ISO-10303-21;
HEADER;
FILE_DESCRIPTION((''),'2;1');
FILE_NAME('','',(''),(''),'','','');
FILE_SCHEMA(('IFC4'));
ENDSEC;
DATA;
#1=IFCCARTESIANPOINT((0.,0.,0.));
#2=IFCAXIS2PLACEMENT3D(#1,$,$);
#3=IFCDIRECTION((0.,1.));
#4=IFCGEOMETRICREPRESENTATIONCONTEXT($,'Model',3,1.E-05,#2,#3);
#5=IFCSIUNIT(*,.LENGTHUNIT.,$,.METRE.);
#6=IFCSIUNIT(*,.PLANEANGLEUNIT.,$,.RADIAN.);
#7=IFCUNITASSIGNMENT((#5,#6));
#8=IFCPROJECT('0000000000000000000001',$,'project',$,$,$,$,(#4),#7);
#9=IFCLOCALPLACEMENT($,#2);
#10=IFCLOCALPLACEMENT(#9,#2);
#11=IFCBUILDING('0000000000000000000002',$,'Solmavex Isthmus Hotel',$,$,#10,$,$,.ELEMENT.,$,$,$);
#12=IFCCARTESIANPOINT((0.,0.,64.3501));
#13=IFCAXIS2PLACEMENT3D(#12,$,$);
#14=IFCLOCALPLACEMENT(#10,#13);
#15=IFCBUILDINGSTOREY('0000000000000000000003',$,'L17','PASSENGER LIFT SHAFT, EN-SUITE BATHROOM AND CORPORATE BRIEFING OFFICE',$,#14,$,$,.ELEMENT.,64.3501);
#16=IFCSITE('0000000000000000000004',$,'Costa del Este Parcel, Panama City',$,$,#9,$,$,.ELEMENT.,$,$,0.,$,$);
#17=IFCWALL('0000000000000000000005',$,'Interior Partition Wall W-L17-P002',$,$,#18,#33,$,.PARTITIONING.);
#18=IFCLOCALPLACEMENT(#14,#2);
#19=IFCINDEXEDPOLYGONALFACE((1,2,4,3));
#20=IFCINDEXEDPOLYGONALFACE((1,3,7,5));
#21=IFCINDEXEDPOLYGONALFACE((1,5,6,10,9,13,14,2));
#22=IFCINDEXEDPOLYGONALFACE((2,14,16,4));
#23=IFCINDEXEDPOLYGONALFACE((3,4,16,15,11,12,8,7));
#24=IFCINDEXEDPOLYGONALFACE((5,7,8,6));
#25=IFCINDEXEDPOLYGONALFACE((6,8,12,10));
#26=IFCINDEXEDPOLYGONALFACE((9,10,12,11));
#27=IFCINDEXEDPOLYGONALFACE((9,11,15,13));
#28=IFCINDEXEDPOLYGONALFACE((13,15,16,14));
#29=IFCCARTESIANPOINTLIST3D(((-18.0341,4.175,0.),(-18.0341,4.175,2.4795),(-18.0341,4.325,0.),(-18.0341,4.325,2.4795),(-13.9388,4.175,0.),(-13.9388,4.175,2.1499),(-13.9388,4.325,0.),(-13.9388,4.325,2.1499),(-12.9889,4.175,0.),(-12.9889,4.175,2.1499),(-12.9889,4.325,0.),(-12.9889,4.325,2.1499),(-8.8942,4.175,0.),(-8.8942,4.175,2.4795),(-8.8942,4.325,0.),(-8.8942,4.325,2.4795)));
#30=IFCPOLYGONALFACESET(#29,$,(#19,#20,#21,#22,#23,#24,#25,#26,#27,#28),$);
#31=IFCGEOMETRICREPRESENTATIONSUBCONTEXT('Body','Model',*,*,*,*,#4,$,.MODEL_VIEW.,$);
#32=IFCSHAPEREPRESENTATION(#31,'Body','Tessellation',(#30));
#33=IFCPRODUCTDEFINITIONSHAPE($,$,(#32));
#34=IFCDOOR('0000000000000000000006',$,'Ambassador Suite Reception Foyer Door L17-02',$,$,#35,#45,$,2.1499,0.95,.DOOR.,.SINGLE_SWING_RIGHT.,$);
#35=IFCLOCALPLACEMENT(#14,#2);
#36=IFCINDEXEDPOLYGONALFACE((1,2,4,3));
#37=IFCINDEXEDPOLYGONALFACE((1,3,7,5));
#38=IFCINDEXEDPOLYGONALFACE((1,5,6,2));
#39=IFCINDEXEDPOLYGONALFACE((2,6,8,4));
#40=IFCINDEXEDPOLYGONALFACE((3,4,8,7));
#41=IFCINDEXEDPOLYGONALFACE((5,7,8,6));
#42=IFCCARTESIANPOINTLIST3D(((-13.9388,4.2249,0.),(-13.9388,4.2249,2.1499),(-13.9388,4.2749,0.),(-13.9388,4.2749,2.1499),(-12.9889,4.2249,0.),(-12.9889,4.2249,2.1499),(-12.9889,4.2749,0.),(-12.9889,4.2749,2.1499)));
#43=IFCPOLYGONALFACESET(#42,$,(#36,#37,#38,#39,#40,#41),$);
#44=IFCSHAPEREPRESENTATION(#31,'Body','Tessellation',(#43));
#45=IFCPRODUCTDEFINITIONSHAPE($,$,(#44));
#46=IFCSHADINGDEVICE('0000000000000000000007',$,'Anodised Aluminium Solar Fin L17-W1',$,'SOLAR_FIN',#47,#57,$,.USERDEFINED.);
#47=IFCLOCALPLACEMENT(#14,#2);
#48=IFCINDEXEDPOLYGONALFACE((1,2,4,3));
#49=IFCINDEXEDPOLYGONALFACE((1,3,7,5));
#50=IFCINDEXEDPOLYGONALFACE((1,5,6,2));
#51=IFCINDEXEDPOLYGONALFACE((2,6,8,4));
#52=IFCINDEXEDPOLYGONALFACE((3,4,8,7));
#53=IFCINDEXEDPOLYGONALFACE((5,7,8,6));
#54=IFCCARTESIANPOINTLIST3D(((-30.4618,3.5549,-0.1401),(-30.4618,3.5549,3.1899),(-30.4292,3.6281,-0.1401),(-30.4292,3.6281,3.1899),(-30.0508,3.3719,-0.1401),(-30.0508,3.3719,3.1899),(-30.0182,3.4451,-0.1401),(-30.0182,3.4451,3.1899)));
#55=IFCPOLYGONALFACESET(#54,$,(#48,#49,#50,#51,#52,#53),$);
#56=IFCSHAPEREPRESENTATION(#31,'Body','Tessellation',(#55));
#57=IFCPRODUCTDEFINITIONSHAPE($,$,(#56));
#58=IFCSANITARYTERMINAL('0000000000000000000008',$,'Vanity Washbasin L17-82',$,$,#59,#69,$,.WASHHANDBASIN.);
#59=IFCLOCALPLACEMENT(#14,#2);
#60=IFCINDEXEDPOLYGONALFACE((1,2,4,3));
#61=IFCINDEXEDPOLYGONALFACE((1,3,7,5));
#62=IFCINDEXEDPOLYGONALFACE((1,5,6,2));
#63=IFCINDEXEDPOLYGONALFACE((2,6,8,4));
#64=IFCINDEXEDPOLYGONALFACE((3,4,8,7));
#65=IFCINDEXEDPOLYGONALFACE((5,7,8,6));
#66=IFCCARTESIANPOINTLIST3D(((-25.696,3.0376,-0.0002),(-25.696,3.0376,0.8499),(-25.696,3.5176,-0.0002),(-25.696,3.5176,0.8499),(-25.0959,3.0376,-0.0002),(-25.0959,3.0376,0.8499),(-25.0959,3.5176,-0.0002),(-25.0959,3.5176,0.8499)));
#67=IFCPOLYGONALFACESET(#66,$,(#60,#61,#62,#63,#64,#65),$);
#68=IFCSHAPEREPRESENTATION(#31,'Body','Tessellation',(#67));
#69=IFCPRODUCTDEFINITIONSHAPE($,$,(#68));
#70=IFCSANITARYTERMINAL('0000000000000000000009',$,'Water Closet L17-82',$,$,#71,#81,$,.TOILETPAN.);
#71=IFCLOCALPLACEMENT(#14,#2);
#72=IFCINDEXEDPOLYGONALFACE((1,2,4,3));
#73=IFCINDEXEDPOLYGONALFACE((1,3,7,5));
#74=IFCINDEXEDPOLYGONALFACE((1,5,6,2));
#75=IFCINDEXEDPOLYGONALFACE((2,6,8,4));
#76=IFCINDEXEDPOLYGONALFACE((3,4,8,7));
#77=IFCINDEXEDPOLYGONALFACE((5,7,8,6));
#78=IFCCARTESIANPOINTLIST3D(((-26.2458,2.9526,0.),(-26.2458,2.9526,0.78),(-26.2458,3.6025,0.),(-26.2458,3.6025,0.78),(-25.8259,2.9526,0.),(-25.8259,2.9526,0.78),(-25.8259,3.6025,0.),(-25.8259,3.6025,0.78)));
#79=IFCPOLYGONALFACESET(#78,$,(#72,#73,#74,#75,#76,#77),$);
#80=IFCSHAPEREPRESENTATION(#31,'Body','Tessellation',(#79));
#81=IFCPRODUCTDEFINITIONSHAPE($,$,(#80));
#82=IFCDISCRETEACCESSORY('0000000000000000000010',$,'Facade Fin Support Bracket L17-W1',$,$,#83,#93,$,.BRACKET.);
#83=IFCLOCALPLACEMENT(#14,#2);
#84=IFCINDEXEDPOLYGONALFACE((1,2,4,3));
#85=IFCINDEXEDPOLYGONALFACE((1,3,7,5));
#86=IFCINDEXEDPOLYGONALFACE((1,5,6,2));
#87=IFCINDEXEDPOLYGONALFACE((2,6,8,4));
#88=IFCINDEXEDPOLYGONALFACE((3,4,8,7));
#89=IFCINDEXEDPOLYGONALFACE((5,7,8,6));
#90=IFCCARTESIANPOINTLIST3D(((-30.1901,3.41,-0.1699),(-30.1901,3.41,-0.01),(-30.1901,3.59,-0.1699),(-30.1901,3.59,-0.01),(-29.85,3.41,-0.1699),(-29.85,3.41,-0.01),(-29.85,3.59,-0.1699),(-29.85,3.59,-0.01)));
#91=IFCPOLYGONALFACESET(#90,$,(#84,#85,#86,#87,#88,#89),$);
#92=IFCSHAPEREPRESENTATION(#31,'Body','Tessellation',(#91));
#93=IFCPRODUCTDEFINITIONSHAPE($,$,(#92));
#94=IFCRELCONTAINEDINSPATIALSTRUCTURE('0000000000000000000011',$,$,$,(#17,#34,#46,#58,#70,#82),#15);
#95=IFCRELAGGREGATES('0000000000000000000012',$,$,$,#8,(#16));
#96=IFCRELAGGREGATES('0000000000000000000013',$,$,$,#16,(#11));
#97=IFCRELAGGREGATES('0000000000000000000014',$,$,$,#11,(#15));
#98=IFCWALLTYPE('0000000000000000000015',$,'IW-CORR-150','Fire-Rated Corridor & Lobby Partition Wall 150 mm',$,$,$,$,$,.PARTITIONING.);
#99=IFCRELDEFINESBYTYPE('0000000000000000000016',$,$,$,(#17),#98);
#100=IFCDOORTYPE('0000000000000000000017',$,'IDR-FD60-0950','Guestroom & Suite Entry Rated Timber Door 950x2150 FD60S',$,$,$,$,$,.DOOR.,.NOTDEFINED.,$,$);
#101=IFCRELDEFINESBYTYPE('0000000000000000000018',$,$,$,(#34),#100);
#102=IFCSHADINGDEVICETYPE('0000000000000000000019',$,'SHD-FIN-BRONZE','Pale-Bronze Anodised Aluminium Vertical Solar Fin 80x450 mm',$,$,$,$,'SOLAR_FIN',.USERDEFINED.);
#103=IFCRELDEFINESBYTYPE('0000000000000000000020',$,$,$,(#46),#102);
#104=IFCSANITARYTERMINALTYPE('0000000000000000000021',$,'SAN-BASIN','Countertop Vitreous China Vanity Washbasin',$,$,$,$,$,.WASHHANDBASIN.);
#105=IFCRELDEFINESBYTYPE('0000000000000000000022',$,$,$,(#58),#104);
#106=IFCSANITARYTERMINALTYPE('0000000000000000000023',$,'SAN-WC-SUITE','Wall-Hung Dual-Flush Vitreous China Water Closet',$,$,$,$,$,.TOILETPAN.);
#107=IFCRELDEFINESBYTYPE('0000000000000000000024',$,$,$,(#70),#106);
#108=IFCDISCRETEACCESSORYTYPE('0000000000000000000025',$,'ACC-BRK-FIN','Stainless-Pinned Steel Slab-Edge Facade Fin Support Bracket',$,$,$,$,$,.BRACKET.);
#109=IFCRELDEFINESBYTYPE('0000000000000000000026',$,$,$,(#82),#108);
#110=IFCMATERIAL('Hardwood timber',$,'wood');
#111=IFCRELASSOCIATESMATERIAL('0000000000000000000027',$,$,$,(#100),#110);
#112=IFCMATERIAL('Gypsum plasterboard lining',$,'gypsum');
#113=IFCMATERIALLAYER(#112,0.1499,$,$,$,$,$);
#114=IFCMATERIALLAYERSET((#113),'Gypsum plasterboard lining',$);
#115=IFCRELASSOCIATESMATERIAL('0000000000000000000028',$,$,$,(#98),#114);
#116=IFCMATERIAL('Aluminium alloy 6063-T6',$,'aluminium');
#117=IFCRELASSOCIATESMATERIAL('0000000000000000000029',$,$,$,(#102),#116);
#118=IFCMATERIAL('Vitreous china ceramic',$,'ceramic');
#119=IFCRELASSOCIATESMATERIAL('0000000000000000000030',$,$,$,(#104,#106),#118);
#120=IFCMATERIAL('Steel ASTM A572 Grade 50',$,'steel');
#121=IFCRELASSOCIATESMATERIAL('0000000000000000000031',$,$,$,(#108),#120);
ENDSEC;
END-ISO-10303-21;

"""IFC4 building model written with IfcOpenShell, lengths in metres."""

from ifc_helpers import new_model, si_unit, direction, frame, frame_2d, origin, origin_2d, place, context, subcontext, project, spatial, rectangle, extrude, material, layer, layer_set, type_object, element, fill, save


model = new_model("IFC4")

# Units and contexts
model_context = context("Model", 3, precision=1e-05, world=origin(), true_north=direction((0.0, 1.0)))
body_context = subcontext(model_context, "Body", "Model", "MODEL_VIEW")
ifc_project = project(units=[si_unit("LENGTHUNIT", "METRE"), si_unit("PLANEANGLEUNIT", "RADIAN")], contexts=[model_context])

# Site, building, storey
site_placement = place(None, origin())
site = spatial("IfcSite", under=ifc_project, at=site_placement, Name="Costa del Este Parcel, Panama City", CompositionType="ELEMENT", RefElevation=0.0)
building_placement = place(site_placement, origin())
building = spatial("IfcBuilding", under=site, at=building_placement, Name="Solmavex Isthmus Hotel", CompositionType="ELEMENT")
storey_placement = place(building_placement, frame((0.0, 0.0, 64.3501)))
storey = spatial("IfcBuildingStorey", under=building, at=storey_placement, Name="L17", Description="PASSENGER LIFT SHAFT, EN-SUITE BATHROOM AND CORPORATE BRIEFING OFFICE", CompositionType="ELEMENT", Elevation=64.3501)

# Shared definitions
ifc_material_1 = material(Name="Aluminium alloy 6063-T6", Category="aluminium")

# Shared definitions
ifc_material_2 = material(Name="Gypsum plasterboard lining", Category="gypsum")

# Wall, opening, door
ifc_material_3 = material(Name="Hardwood timber", Category="wood")
door_type = type_object("IfcDoorType", Name="IDR-FD60-0950", Description="Guestroom & Suite Entry Rated Timber Door 950x2150 FD60S", OperationType="NOTDEFINED", PredefinedType="DOOR", material=ifc_material_3)
ifc_layer_1 = layer(ifc_material_2, 0.1499)
ifc_layer_set_1 = layer_set([ifc_layer_1], Name="Gypsum plasterboard lining")
wall_type_1 = type_object("IfcWallType", Name="IW-CORR-150", Description="Fire-Rated Corridor & Lobby Partition Wall 150 mm", PredefinedType="PARTITIONING", material=ifc_layer_set_1)
wall_1_placement = place(storey_placement, frame((-18.0339, 4.25, 0.0), z_axis=(0.0, 0.0, 1.0), x_axis=(1.0, 0.0, 0.0)))
wall_1 = element("IfcWall", 1, at=wall_1_placement, inside=storey, type_object=wall_type_1, Name="Interior Partition Wall W-L17-P002", PredefinedType="PARTITIONING", context=body_context, shape_type="SweptSolid", body=[
    extrude(rectangle(XDim=9.1399, YDim=0.1499, at=frame_2d((4.5698, 0.0))), origin(), (0.0, 0.0, 1.0), 2.4795),
])
opening_1_placement = place(wall_1_placement, frame((4.095, 0.0, 0.0)))
opening_1 = element("IfcOpeningElement", 2, at=opening_1_placement, cuts=wall_1, PredefinedType="OPENING", context=body_context, shape_type="SweptSolid", body=[
    extrude(rectangle(XDim=0.95, YDim=2.1499, at=frame_2d((0.4751, 1.075))), frame((0.0, 0.085, 0.0), z_axis=(0.0, -1.0, 0.0), x_axis=(1.0, 0.0, 0.0)), (0.0, 0.0, 1.0), 0.1699),
])
door_1_placement = place(opening_1_placement, origin())
door_1 = element("IfcDoor", 3, at=door_1_placement, inside=storey, type_object=door_type, Name="Ambassador Suite Reception Foyer Door L17-02", OperationType="SINGLE_SWING_RIGHT", OverallHeight=2.1499, OverallWidth=0.95, PredefinedType="DOOR", context=body_context, shape_type="SweptSolid", body=[
    extrude(rectangle(XDim=0.95, YDim=2.1499, at=frame_2d((0.4751, 1.075))), frame((0.0, 0.0249, 0.0), z_axis=(0.0, -1.0, 0.0), x_axis=(1.0, 0.0, 0.0)), (0.0, 0.0, 1.0), 0.05),
])
fill(opening_1, door_1)

# Shading device
shading_device_type = type_object("IfcShadingDeviceType", Name="SHD-FIN-BRONZE", Description="Pale-Bronze Anodised Aluminium Vertical Solar Fin 80x450 mm", ElementType="SOLAR_FIN", PredefinedType="USERDEFINED", material=ifc_material_1)
shading_device_placement = place(storey_placement, frame((-30.24, 3.5, -0.1401), z_axis=(0.0, 0.0, 1.0), x_axis=(-0.913545, 0.406737, 0.0)))
element("IfcShadingDevice", 4, at=shading_device_placement, inside=storey, type_object=shading_device_type, Name="Anodised Aluminium Solar Fin L17-W1", ObjectType="SOLAR_FIN", PredefinedType="USERDEFINED", context=body_context, shape_type="SweptSolid", body=[
    extrude(rectangle(XDim=0.45, YDim=0.0801, at=origin_2d()), origin(), (0.0, 0.0, 1.0), 3.3301),
])

# Sanitary terminals
ifc_material_4 = material(Name="Vitreous china ceramic", Category="ceramic")
sanitary_terminal_type_1 = type_object("IfcSanitaryTerminalType", Name="SAN-BASIN", Description="Countertop Vitreous China Vanity Washbasin", PredefinedType="WASHHANDBASIN", material=ifc_material_4)
sanitary_terminal_1_placement = place(storey_placement, frame((-25.396, 3.2776, -0.0002), z_axis=(0.0, 0.0, 1.0), x_axis=(1.0, 0.0, 0.0)))
element("IfcSanitaryTerminal", 5, at=sanitary_terminal_1_placement, inside=storey, type_object=sanitary_terminal_type_1, Name="Vanity Washbasin L17-82", PredefinedType="WASHHANDBASIN", context=body_context, shape_type="SweptSolid", body=[
    extrude(rectangle(XDim=0.6001, YDim=0.48, at=origin_2d()), origin(), (0.0, 0.0, 1.0), 0.8501),
])
sanitary_terminal_type_2 = type_object("IfcSanitaryTerminalType", Name="SAN-WC-SUITE", Description="Wall-Hung Dual-Flush Vitreous China Water Closet", PredefinedType="TOILETPAN", material=ifc_material_4)
sanitary_terminal_2_placement = place(storey_placement, frame((-26.0359, 3.2776, 0.0), z_axis=(0.0, 0.0, 1.0), x_axis=(1.0, 0.0, 0.0)))
element("IfcSanitaryTerminal", 6, at=sanitary_terminal_2_placement, inside=storey, type_object=sanitary_terminal_type_2, Name="Water Closet L17-82", PredefinedType="TOILETPAN", context=body_context, shape_type="SweptSolid", body=[
    extrude(rectangle(XDim=0.4199, YDim=0.6499, at=origin_2d()), origin(), (0.0, 0.0, 1.0), 0.78),
])

# Discrete accessory
ifc_material_5 = material(Name="Steel ASTM A572 Grade 50", Category="steel")
discrete_accessory_type = type_object("IfcDiscreteAccessoryType", Name="ACC-BRK-FIN", Description="Stainless-Pinned Steel Slab-Edge Facade Fin Support Bracket", PredefinedType="BRACKET", material=ifc_material_5)
discrete_accessory_placement = place(storey_placement, frame((-30.02, 3.5, -0.1699), z_axis=(0.0, 0.0, 1.0), x_axis=(-1.0, 0.0, 0.0)))
element("IfcDiscreteAccessory", 7, at=discrete_accessory_placement, inside=storey, type_object=discrete_accessory_type, Name="Facade Fin Support Bracket L17-W1", PredefinedType="BRACKET", context=body_context, shape_type="SweptSolid", body=[
    extrude(rectangle(XDim=0.3401, YDim=0.1799, at=origin_2d()), origin(), (0.0, 0.0, 1.0), 0.1599),
])

save(model, "model.ifc")
